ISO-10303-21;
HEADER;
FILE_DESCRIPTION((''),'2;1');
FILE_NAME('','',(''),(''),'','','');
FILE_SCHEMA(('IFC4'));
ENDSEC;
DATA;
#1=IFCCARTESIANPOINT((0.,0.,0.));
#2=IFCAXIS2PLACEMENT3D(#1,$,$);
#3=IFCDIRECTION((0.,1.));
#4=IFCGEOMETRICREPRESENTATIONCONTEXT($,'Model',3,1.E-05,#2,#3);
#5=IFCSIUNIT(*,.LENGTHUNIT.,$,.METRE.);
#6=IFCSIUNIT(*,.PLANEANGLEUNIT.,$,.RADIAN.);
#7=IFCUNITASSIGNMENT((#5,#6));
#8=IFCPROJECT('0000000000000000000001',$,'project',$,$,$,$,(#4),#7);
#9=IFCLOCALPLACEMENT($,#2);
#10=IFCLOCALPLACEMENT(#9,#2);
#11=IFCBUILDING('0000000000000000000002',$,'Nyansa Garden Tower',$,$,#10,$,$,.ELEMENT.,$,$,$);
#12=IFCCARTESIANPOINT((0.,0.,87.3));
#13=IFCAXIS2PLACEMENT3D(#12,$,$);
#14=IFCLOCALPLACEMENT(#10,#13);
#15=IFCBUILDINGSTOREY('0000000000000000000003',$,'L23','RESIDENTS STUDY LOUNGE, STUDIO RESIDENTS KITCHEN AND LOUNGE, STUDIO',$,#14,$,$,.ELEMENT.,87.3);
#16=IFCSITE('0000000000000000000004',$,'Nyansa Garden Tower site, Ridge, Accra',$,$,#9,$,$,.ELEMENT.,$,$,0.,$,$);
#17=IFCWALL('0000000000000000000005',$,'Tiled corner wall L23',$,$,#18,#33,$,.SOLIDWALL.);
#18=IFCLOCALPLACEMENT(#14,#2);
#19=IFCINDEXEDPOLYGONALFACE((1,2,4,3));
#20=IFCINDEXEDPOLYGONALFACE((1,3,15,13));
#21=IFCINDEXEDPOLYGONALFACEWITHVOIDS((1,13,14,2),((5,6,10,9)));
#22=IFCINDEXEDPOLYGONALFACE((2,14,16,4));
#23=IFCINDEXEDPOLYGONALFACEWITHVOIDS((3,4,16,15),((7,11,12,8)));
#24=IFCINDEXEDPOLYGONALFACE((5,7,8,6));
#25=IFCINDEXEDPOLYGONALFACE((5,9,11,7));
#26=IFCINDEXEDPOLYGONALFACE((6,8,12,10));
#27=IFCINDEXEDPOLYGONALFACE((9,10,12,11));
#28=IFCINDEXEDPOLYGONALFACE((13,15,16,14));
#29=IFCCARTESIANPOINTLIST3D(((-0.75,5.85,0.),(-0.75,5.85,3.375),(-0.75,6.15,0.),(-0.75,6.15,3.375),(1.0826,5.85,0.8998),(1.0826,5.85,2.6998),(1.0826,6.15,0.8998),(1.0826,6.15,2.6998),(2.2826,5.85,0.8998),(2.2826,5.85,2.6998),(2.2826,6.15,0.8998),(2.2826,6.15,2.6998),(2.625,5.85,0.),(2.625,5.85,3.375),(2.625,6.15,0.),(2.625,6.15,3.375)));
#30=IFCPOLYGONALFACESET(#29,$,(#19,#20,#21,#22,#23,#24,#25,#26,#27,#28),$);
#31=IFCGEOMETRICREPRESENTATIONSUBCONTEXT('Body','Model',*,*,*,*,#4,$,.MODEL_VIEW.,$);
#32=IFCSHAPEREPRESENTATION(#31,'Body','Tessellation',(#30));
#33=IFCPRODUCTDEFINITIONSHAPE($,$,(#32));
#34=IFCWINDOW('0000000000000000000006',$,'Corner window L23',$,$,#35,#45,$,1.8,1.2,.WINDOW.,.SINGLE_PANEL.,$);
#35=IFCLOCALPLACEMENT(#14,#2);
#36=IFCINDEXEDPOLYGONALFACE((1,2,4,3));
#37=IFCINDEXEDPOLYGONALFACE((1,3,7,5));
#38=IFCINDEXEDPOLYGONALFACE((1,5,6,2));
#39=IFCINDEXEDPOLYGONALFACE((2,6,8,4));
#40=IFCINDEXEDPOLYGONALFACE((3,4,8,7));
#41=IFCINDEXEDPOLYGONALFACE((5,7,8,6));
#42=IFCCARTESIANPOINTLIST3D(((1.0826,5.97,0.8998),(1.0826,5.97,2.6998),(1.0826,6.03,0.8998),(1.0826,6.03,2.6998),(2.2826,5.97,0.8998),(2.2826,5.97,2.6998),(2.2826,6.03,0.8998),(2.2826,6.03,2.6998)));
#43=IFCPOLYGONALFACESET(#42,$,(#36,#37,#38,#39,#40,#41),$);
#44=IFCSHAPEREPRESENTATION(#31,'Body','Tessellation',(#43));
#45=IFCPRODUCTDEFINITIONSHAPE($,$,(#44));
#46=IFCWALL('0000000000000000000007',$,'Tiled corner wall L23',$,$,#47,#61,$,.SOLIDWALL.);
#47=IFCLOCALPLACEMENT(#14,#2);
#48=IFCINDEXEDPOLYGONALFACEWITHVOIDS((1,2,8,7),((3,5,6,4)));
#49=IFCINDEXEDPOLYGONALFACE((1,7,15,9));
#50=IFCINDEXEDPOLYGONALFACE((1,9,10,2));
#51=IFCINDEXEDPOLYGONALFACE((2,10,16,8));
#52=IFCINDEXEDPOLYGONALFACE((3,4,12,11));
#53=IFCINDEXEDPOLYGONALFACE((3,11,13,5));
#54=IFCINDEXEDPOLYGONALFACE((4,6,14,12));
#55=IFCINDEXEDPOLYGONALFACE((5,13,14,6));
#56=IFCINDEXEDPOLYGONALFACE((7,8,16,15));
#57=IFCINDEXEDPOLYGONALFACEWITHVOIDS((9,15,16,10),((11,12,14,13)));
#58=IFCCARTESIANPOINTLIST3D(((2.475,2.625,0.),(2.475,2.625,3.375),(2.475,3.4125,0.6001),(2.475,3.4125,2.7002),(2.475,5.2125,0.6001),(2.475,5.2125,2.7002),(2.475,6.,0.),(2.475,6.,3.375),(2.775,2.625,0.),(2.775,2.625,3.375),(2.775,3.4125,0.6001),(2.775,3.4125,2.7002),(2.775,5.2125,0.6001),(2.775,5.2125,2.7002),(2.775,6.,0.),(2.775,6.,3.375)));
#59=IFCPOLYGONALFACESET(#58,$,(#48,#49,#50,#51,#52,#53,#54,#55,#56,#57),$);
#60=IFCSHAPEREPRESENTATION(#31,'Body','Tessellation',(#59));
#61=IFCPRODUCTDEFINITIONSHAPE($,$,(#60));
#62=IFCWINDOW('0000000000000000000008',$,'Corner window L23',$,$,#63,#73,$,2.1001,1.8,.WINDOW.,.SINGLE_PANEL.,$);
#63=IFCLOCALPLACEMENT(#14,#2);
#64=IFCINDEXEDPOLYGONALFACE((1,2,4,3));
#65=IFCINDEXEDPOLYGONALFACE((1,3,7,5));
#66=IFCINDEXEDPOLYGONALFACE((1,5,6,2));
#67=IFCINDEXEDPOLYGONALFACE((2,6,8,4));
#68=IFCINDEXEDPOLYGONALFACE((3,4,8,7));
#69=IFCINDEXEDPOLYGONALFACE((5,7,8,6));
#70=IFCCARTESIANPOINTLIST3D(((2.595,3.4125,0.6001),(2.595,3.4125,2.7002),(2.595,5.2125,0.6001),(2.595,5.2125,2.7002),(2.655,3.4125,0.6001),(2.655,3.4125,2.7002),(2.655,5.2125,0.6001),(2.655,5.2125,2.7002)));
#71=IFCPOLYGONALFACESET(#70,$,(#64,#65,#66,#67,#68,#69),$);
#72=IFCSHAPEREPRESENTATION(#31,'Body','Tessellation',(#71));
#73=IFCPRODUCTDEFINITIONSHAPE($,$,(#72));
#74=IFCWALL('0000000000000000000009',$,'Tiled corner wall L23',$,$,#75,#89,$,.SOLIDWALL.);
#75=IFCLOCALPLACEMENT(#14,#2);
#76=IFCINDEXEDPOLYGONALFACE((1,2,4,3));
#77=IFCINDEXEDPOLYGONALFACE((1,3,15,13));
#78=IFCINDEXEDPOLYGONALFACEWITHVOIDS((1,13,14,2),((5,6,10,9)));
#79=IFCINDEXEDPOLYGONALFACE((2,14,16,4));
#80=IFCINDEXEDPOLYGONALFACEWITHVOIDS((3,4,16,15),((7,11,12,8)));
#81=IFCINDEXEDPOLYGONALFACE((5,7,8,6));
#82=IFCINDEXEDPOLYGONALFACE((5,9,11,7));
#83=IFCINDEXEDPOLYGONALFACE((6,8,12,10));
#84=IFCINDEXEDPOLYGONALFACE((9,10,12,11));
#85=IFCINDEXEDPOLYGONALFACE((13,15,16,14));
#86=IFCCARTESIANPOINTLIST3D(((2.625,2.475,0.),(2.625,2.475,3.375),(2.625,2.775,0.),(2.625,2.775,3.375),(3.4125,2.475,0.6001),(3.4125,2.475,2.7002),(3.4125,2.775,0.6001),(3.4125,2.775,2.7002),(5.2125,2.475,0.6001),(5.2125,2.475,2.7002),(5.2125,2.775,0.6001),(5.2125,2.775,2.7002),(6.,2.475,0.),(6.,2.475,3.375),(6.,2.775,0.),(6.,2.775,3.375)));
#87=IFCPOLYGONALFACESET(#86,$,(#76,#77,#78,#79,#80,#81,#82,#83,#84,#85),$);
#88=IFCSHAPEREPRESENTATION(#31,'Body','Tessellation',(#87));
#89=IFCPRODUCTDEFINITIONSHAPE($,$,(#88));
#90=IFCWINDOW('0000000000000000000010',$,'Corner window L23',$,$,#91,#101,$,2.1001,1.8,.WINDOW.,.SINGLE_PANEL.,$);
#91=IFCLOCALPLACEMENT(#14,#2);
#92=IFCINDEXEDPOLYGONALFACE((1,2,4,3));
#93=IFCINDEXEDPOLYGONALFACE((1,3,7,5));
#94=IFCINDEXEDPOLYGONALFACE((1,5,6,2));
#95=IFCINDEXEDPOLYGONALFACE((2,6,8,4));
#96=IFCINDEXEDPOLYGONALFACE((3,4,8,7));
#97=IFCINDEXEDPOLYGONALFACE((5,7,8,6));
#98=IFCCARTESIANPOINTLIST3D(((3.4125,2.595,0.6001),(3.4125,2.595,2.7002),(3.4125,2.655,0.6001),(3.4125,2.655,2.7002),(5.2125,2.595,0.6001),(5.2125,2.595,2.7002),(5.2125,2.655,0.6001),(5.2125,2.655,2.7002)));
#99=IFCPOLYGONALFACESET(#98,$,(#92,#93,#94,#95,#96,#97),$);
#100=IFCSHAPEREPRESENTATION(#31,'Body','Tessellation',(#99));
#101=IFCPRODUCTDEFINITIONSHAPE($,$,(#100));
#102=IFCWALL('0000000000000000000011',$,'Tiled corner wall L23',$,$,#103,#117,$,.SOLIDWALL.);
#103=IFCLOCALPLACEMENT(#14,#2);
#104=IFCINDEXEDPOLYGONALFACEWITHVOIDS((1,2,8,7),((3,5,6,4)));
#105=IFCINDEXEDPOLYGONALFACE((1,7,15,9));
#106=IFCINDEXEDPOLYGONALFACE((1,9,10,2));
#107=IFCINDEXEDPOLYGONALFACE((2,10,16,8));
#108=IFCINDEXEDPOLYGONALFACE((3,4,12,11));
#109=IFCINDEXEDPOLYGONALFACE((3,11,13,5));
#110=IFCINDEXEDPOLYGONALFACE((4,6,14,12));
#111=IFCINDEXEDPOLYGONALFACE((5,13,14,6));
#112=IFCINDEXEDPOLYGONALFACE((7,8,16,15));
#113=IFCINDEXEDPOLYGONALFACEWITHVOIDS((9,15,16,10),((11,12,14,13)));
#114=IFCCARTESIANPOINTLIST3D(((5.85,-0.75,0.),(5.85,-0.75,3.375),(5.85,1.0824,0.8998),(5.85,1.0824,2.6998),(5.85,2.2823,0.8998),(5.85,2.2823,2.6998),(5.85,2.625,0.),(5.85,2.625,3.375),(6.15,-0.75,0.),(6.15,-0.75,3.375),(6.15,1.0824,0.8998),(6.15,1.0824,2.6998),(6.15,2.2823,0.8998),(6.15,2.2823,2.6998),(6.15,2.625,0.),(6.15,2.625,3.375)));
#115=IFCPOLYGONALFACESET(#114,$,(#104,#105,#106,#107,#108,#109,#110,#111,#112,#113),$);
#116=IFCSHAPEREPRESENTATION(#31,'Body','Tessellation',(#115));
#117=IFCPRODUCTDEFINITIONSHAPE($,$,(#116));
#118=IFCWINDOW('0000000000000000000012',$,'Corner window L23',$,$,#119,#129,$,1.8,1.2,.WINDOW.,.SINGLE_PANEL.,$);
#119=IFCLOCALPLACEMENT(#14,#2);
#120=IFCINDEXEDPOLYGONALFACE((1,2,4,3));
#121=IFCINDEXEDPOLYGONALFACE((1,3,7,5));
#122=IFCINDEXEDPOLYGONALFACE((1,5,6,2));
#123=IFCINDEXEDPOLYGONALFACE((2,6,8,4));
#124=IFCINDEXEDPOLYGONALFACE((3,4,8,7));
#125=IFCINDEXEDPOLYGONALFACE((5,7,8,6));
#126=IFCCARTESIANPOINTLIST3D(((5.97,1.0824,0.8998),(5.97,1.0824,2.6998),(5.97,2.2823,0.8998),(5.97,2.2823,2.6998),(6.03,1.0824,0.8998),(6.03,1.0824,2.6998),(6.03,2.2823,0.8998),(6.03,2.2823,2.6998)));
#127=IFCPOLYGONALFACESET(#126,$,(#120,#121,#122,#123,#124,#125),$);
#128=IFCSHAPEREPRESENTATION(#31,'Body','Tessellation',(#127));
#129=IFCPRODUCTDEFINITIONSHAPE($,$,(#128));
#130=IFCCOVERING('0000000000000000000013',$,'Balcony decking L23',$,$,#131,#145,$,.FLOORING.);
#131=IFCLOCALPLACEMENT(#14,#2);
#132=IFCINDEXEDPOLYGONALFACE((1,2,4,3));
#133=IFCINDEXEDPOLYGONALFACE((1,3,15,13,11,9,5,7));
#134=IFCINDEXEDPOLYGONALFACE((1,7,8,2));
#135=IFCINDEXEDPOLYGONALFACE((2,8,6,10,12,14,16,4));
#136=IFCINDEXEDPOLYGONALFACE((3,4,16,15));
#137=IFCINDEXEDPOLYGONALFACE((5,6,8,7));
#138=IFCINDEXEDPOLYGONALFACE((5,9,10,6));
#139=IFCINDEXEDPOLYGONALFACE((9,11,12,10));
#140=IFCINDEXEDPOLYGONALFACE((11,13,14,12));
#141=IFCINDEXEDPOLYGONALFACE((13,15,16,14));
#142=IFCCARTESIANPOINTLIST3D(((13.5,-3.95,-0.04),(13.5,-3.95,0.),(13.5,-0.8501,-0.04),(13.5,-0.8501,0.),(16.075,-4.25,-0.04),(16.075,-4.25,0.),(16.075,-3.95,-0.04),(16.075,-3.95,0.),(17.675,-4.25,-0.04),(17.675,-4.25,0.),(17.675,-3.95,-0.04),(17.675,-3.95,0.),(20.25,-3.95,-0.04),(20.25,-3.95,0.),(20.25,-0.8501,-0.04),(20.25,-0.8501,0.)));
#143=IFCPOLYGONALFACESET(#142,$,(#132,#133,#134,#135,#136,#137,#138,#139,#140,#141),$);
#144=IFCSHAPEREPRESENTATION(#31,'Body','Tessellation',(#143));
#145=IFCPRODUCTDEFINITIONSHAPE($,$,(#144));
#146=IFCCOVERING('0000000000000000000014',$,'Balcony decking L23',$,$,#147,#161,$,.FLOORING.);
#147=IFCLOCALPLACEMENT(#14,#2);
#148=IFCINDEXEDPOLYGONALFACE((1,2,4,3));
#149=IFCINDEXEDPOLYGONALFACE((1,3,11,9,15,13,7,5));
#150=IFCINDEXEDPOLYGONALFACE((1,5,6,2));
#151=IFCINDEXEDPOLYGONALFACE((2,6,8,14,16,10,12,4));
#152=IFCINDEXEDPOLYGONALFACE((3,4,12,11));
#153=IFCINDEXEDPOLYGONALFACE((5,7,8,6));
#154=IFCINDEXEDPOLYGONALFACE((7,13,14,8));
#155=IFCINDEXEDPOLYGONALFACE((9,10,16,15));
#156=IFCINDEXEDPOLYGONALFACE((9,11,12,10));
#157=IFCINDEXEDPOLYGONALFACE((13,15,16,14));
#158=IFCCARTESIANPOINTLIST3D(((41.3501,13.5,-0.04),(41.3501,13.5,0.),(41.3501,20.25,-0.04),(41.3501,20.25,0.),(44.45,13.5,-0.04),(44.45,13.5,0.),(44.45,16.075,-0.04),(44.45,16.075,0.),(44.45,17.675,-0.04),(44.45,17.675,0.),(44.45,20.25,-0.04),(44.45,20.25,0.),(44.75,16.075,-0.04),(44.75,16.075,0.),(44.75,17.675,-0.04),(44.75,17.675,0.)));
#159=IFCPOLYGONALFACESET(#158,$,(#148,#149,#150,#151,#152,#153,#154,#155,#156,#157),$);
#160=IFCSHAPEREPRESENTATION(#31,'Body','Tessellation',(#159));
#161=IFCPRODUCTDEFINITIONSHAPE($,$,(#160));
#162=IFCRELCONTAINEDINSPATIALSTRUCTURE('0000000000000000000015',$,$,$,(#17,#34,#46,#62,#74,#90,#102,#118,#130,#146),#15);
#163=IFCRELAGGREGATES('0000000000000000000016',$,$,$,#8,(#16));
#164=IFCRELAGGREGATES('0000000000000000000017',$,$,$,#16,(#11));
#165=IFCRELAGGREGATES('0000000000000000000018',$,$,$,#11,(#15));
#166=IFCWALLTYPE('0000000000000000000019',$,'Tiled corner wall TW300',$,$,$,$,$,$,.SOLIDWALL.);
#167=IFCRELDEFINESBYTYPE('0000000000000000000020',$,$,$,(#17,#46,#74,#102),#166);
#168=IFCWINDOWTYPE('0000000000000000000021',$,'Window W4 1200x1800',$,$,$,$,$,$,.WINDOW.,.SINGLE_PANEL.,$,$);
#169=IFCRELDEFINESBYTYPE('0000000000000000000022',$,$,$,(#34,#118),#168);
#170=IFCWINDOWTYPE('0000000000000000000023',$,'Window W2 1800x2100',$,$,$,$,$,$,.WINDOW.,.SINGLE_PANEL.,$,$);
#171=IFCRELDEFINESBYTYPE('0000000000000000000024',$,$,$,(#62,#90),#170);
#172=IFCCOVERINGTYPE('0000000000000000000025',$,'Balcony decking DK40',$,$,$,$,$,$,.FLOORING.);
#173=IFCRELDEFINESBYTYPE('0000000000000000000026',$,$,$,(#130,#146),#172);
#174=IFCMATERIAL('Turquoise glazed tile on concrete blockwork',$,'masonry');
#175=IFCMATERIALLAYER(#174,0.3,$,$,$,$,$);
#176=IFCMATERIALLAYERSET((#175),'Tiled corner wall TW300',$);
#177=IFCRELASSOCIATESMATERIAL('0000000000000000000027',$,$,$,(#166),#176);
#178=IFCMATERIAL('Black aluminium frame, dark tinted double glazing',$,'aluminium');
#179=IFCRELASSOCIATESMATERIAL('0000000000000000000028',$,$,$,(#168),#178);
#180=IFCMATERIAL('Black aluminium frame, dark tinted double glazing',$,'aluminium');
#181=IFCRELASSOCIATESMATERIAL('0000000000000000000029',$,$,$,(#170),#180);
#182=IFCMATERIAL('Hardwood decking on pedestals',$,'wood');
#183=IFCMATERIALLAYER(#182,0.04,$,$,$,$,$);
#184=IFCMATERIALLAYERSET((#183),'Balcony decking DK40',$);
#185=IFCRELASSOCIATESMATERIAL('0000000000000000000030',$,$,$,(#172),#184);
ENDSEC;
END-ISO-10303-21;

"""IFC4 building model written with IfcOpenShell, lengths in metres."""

from ifc_helpers import new_model, si_unit, direction, frame, frame_2d, origin, place, context, subcontext, project, spatial, polyline, rectangle, outline, extrude, material, layer, layer_set, type_object, element, fill, save


model = new_model("IFC4")

# Units and contexts
model_context = context("Model", 3, precision=1e-05, world=origin(), true_north=direction((0.0, 1.0)))
body_context = subcontext(model_context, "Body", "Model", "MODEL_VIEW")
ifc_project = project(units=[si_unit("LENGTHUNIT", "METRE"), si_unit("PLANEANGLEUNIT", "RADIAN")], contexts=[model_context])

# Site, building, storey
site_placement = place(None, origin())
site = spatial("IfcSite", under=ifc_project, at=site_placement, Name="Nyansa Garden Tower site, Ridge, Accra", CompositionType="ELEMENT", RefElevation=0.0)
building_placement = place(site_placement, origin())
building = spatial("IfcBuilding", under=site, at=building_placement, Name="Nyansa Garden Tower", CompositionType="ELEMENT")
storey_placement = place(building_placement, frame((0.0, 0.0, 87.3)))
storey = spatial("IfcBuildingStorey", under=building, at=storey_placement, Name="L23", Description="RESIDENTS STUDY LOUNGE, STUDIO RESIDENTS KITCHEN AND LOUNGE, STUDIO", CompositionType="ELEMENT", Elevation=87.3)

# Walls, openings, windows
ifc_material_1 = material(Name="Turquoise glazed tile on concrete blockwork", Category="masonry")
ifc_layer_1 = layer(ifc_material_1, 0.3)
ifc_layer_set_1 = layer_set([ifc_layer_1], Name="Tiled corner wall TW300")
wall_type = type_object("IfcWallType", Name="Tiled corner wall TW300", PredefinedType="SOLIDWALL", material=ifc_layer_set_1)
wall_1_placement = place(storey_placement, frame((-0.75, 6.0, 0.0), z_axis=(0.0, 0.0, 1.0), x_axis=(1.0, 0.0, 0.0)))
wall_1 = element("IfcWall", 1, at=wall_1_placement, inside=storey, type_object=wall_type, Name="Tiled corner wall L23", PredefinedType="SOLIDWALL", context=body_context, shape_type="SweptSolid", body=[
    extrude(rectangle(XDim=3.375, YDim=0.3, at=frame_2d((1.6875, 0.0))), origin(), (0.0, 0.0, 1.0), 3.375),
])
opening_1_placement = place(wall_1_placement, frame((1.8325, 0.0, 0.8999)))
opening_1 = element("IfcOpeningElement", 2, at=opening_1_placement, cuts=wall_1, PredefinedType="OPENING", context=body_context, shape_type="SweptSolid", body=[
    extrude(rectangle(XDim=1.2, YDim=1.8, at=frame_2d((0.6001, 0.8999))), frame((0.0, 0.1599, 0.0), z_axis=(0.0, -1.0, 0.0), x_axis=(1.0, 0.0, 0.0)), (0.0, 0.0, 1.0), 0.3201),
])
ifc_material_2 = material(Name="Black aluminium frame, dark tinted double glazing", Category="aluminium")
window_type_1 = type_object("IfcWindowType", Name="Window W4 1200x1800", PartitioningType="SINGLE_PANEL", PredefinedType="WINDOW", material=ifc_material_2)
window_1_placement = place(opening_1_placement, origin())
window_1 = element("IfcWindow", 3, at=window_1_placement, inside=storey, type_object=window_type_1, Name="Corner window L23", OverallHeight=1.8, OverallWidth=1.2, PartitioningType="SINGLE_PANEL", PredefinedType="WINDOW", context=body_context, shape_type="SweptSolid", body=[
    extrude(rectangle(XDim=1.2, YDim=1.8, at=frame_2d((0.6001, 0.8999))), frame((0.0, 0.03, 0.0), z_axis=(0.0, -1.0, 0.0), x_axis=(1.0, 0.0, 0.0)), (0.0, 0.0, 1.0), 0.0601),
])
fill(opening_1, window_1)
wall_2_placement = place(storey_placement, frame((2.625, 6.0, 0.0), z_axis=(0.0, 0.0, 1.0), x_axis=(0.0, -1.0, 0.0)))
wall_2 = element("IfcWall", 4, at=wall_2_placement, inside=storey, type_object=wall_type, Name="Tiled corner wall L23", PredefinedType="SOLIDWALL", context=body_context, shape_type="SweptSolid", body=[
    extrude(rectangle(XDim=3.375, YDim=0.3, at=frame_2d((1.6875, 0.0))), origin(), (0.0, 0.0, 1.0), 3.375),
])
opening_2_placement = place(wall_2_placement, frame((0.7876, 0.0, 0.6001)))
opening_2 = element("IfcOpeningElement", 5, at=opening_2_placement, cuts=wall_2, PredefinedType="OPENING", context=body_context, shape_type="SweptSolid", body=[
    extrude(rectangle(XDim=1.8, YDim=2.1001, at=frame_2d((0.8999, 1.05))), frame((0.0, 0.1599, 0.0), z_axis=(0.0, -1.0, 0.0), x_axis=(1.0, 0.0, 0.0)), (0.0, 0.0, 1.0), 0.3201),
])
ifc_material_3 = material(Name="Black aluminium frame, dark tinted double glazing", Category="aluminium")
window_type_2 = type_object("IfcWindowType", Name="Window W2 1800x2100", PartitioningType="SINGLE_PANEL", PredefinedType="WINDOW", material=ifc_material_3)
window_2_placement = place(opening_2_placement, origin())
window_2 = element("IfcWindow", 6, at=window_2_placement, inside=storey, type_object=window_type_2, Name="Corner window L23", OverallHeight=2.1001, OverallWidth=1.8, PartitioningType="SINGLE_PANEL", PredefinedType="WINDOW", context=body_context, shape_type="SweptSolid", body=[
    extrude(rectangle(XDim=1.8, YDim=2.1001, at=frame_2d((0.8999, 1.05))), frame((0.0, 0.03, 0.0), z_axis=(0.0, -1.0, 0.0), x_axis=(1.0, 0.0, 0.0)), (0.0, 0.0, 1.0), 0.0601),
])
fill(opening_2, window_2)
wall_3_placement = place(storey_placement, frame((2.625, 2.625, 0.0), z_axis=(0.0, 0.0, 1.0), x_axis=(1.0, 0.0, 0.0)))
wall_3 = element("IfcWall", 7, at=wall_3_placement, inside=storey, type_object=wall_type, Name="Tiled corner wall L23", PredefinedType="SOLIDWALL", context=body_context, shape_type="SweptSolid", body=[
    extrude(rectangle(XDim=3.375, YDim=0.3, at=frame_2d((1.6875, 0.0))), origin(), (0.0, 0.0, 1.0), 3.375),
])
opening_3_placement = place(wall_3_placement, frame((0.7876, 0.0, 0.6001)))
opening_3 = element("IfcOpeningElement", 8, at=opening_3_placement, cuts=wall_3, PredefinedType="OPENING", context=body_context, shape_type="SweptSolid", body=[
    extrude(rectangle(XDim=1.8, YDim=2.1001, at=frame_2d((0.8999, 1.05))), frame((0.0, 0.1599, 0.0), z_axis=(0.0, -1.0, 0.0), x_axis=(1.0, 0.0, 0.0)), (0.0, 0.0, 1.0), 0.3201),
])
window_3_placement = place(opening_3_placement, origin())
window_3 = element("IfcWindow", 9, at=window_3_placement, inside=storey, type_object=window_type_2, Name="Corner window L23", OverallHeight=2.1001, OverallWidth=1.8, PartitioningType="SINGLE_PANEL", PredefinedType="WINDOW", context=body_context, shape_type="SweptSolid", body=[
    extrude(rectangle(XDim=1.8, YDim=2.1001, at=frame_2d((0.8999, 1.05))), frame((0.0, 0.03, 0.0), z_axis=(0.0, -1.0, 0.0), x_axis=(1.0, 0.0, 0.0)), (0.0, 0.0, 1.0), 0.0601),
])
fill(opening_3, window_3)
wall_4_placement = place(storey_placement, frame((6.0, 2.625, 0.0), z_axis=(0.0, 0.0, 1.0), x_axis=(0.0, -1.0, 0.0)))
wall_4 = element("IfcWall", 10, at=wall_4_placement, inside=storey, type_object=wall_type, Name="Tiled corner wall L23", PredefinedType="SOLIDWALL", context=body_context, shape_type="SweptSolid", body=[
    extrude(rectangle(XDim=3.375, YDim=0.3, at=frame_2d((1.6875, 0.0))), origin(), (0.0, 0.0, 1.0), 3.375),
])
opening_4_placement = place(wall_4_placement, frame((0.3425, 0.0, 0.8999)))
opening_4 = element("IfcOpeningElement", 11, at=opening_4_placement, cuts=wall_4, PredefinedType="OPENING", context=body_context, shape_type="SweptSolid", body=[
    extrude(rectangle(XDim=1.2, YDim=1.8, at=frame_2d((0.6001, 0.8999))), frame((0.0, 0.1599, 0.0), z_axis=(0.0, -1.0, 0.0), x_axis=(1.0, 0.0, 0.0)), (0.0, 0.0, 1.0), 0.3201),
])
window_4_placement = place(opening_4_placement, origin())
window_4 = element("IfcWindow", 12, at=window_4_placement, inside=storey, type_object=window_type_1, Name="Corner window L23", OverallHeight=1.8, OverallWidth=1.2, PartitioningType="SINGLE_PANEL", PredefinedType="WINDOW", context=body_context, shape_type="SweptSolid", body=[
    extrude(rectangle(XDim=1.2, YDim=1.8, at=frame_2d((0.6001, 0.8999))), frame((0.0, 0.03, 0.0), z_axis=(0.0, -1.0, 0.0), x_axis=(1.0, 0.0, 0.0)), (0.0, 0.0, 1.0), 0.0601),
])
fill(opening_4, window_4)

# Coverings
ifc_material_4 = material(Name="Hardwood decking on pedestals", Category="wood")
ifc_layer_2 = layer(ifc_material_4, 0.04)
ifc_layer_set_2 = layer_set([ifc_layer_2], Name="Balcony decking DK40")
covering_type = type_object("IfcCoveringType", Name="Balcony decking DK40", PredefinedType="FLOORING", material=ifc_layer_set_2)
covering_1_placement = place(storey_placement, frame((0.0, 0.0, -0.04)))
element("IfcCovering", 13, at=covering_1_placement, inside=storey, type_object=covering_type, Name="Balcony decking L23", PredefinedType="FLOORING", context=body_context, shape_type="SweptSolid", body=[
    extrude(outline(polyline([(13.5, -0.8501), (20.25, -0.8501), (20.25, -3.95), (17.675, -3.95), (17.675, -4.25), (16.075, -4.25), (16.075, -3.95), (13.5, -3.95), (13.5, -0.8501)])), origin(), (0.0, 0.0, 1.0), 0.04),
])
covering_2_placement = place(storey_placement, frame((0.0, 0.0, -0.04)))
element("IfcCovering", 14, at=covering_2_placement, inside=storey, type_object=covering_type, Name="Balcony decking L23", PredefinedType="FLOORING", context=body_context, shape_type="SweptSolid", body=[
    extrude(outline(polyline([(41.3501, 13.5), (41.3501, 20.25), (44.45, 20.25), (44.45, 17.675), (44.75, 17.675), (44.75, 16.075), (44.45, 16.075), (44.45, 13.5), (41.3501, 13.5)])), origin(), (0.0, 0.0, 1.0), 0.04),
])

save(model, "model.ifc")
